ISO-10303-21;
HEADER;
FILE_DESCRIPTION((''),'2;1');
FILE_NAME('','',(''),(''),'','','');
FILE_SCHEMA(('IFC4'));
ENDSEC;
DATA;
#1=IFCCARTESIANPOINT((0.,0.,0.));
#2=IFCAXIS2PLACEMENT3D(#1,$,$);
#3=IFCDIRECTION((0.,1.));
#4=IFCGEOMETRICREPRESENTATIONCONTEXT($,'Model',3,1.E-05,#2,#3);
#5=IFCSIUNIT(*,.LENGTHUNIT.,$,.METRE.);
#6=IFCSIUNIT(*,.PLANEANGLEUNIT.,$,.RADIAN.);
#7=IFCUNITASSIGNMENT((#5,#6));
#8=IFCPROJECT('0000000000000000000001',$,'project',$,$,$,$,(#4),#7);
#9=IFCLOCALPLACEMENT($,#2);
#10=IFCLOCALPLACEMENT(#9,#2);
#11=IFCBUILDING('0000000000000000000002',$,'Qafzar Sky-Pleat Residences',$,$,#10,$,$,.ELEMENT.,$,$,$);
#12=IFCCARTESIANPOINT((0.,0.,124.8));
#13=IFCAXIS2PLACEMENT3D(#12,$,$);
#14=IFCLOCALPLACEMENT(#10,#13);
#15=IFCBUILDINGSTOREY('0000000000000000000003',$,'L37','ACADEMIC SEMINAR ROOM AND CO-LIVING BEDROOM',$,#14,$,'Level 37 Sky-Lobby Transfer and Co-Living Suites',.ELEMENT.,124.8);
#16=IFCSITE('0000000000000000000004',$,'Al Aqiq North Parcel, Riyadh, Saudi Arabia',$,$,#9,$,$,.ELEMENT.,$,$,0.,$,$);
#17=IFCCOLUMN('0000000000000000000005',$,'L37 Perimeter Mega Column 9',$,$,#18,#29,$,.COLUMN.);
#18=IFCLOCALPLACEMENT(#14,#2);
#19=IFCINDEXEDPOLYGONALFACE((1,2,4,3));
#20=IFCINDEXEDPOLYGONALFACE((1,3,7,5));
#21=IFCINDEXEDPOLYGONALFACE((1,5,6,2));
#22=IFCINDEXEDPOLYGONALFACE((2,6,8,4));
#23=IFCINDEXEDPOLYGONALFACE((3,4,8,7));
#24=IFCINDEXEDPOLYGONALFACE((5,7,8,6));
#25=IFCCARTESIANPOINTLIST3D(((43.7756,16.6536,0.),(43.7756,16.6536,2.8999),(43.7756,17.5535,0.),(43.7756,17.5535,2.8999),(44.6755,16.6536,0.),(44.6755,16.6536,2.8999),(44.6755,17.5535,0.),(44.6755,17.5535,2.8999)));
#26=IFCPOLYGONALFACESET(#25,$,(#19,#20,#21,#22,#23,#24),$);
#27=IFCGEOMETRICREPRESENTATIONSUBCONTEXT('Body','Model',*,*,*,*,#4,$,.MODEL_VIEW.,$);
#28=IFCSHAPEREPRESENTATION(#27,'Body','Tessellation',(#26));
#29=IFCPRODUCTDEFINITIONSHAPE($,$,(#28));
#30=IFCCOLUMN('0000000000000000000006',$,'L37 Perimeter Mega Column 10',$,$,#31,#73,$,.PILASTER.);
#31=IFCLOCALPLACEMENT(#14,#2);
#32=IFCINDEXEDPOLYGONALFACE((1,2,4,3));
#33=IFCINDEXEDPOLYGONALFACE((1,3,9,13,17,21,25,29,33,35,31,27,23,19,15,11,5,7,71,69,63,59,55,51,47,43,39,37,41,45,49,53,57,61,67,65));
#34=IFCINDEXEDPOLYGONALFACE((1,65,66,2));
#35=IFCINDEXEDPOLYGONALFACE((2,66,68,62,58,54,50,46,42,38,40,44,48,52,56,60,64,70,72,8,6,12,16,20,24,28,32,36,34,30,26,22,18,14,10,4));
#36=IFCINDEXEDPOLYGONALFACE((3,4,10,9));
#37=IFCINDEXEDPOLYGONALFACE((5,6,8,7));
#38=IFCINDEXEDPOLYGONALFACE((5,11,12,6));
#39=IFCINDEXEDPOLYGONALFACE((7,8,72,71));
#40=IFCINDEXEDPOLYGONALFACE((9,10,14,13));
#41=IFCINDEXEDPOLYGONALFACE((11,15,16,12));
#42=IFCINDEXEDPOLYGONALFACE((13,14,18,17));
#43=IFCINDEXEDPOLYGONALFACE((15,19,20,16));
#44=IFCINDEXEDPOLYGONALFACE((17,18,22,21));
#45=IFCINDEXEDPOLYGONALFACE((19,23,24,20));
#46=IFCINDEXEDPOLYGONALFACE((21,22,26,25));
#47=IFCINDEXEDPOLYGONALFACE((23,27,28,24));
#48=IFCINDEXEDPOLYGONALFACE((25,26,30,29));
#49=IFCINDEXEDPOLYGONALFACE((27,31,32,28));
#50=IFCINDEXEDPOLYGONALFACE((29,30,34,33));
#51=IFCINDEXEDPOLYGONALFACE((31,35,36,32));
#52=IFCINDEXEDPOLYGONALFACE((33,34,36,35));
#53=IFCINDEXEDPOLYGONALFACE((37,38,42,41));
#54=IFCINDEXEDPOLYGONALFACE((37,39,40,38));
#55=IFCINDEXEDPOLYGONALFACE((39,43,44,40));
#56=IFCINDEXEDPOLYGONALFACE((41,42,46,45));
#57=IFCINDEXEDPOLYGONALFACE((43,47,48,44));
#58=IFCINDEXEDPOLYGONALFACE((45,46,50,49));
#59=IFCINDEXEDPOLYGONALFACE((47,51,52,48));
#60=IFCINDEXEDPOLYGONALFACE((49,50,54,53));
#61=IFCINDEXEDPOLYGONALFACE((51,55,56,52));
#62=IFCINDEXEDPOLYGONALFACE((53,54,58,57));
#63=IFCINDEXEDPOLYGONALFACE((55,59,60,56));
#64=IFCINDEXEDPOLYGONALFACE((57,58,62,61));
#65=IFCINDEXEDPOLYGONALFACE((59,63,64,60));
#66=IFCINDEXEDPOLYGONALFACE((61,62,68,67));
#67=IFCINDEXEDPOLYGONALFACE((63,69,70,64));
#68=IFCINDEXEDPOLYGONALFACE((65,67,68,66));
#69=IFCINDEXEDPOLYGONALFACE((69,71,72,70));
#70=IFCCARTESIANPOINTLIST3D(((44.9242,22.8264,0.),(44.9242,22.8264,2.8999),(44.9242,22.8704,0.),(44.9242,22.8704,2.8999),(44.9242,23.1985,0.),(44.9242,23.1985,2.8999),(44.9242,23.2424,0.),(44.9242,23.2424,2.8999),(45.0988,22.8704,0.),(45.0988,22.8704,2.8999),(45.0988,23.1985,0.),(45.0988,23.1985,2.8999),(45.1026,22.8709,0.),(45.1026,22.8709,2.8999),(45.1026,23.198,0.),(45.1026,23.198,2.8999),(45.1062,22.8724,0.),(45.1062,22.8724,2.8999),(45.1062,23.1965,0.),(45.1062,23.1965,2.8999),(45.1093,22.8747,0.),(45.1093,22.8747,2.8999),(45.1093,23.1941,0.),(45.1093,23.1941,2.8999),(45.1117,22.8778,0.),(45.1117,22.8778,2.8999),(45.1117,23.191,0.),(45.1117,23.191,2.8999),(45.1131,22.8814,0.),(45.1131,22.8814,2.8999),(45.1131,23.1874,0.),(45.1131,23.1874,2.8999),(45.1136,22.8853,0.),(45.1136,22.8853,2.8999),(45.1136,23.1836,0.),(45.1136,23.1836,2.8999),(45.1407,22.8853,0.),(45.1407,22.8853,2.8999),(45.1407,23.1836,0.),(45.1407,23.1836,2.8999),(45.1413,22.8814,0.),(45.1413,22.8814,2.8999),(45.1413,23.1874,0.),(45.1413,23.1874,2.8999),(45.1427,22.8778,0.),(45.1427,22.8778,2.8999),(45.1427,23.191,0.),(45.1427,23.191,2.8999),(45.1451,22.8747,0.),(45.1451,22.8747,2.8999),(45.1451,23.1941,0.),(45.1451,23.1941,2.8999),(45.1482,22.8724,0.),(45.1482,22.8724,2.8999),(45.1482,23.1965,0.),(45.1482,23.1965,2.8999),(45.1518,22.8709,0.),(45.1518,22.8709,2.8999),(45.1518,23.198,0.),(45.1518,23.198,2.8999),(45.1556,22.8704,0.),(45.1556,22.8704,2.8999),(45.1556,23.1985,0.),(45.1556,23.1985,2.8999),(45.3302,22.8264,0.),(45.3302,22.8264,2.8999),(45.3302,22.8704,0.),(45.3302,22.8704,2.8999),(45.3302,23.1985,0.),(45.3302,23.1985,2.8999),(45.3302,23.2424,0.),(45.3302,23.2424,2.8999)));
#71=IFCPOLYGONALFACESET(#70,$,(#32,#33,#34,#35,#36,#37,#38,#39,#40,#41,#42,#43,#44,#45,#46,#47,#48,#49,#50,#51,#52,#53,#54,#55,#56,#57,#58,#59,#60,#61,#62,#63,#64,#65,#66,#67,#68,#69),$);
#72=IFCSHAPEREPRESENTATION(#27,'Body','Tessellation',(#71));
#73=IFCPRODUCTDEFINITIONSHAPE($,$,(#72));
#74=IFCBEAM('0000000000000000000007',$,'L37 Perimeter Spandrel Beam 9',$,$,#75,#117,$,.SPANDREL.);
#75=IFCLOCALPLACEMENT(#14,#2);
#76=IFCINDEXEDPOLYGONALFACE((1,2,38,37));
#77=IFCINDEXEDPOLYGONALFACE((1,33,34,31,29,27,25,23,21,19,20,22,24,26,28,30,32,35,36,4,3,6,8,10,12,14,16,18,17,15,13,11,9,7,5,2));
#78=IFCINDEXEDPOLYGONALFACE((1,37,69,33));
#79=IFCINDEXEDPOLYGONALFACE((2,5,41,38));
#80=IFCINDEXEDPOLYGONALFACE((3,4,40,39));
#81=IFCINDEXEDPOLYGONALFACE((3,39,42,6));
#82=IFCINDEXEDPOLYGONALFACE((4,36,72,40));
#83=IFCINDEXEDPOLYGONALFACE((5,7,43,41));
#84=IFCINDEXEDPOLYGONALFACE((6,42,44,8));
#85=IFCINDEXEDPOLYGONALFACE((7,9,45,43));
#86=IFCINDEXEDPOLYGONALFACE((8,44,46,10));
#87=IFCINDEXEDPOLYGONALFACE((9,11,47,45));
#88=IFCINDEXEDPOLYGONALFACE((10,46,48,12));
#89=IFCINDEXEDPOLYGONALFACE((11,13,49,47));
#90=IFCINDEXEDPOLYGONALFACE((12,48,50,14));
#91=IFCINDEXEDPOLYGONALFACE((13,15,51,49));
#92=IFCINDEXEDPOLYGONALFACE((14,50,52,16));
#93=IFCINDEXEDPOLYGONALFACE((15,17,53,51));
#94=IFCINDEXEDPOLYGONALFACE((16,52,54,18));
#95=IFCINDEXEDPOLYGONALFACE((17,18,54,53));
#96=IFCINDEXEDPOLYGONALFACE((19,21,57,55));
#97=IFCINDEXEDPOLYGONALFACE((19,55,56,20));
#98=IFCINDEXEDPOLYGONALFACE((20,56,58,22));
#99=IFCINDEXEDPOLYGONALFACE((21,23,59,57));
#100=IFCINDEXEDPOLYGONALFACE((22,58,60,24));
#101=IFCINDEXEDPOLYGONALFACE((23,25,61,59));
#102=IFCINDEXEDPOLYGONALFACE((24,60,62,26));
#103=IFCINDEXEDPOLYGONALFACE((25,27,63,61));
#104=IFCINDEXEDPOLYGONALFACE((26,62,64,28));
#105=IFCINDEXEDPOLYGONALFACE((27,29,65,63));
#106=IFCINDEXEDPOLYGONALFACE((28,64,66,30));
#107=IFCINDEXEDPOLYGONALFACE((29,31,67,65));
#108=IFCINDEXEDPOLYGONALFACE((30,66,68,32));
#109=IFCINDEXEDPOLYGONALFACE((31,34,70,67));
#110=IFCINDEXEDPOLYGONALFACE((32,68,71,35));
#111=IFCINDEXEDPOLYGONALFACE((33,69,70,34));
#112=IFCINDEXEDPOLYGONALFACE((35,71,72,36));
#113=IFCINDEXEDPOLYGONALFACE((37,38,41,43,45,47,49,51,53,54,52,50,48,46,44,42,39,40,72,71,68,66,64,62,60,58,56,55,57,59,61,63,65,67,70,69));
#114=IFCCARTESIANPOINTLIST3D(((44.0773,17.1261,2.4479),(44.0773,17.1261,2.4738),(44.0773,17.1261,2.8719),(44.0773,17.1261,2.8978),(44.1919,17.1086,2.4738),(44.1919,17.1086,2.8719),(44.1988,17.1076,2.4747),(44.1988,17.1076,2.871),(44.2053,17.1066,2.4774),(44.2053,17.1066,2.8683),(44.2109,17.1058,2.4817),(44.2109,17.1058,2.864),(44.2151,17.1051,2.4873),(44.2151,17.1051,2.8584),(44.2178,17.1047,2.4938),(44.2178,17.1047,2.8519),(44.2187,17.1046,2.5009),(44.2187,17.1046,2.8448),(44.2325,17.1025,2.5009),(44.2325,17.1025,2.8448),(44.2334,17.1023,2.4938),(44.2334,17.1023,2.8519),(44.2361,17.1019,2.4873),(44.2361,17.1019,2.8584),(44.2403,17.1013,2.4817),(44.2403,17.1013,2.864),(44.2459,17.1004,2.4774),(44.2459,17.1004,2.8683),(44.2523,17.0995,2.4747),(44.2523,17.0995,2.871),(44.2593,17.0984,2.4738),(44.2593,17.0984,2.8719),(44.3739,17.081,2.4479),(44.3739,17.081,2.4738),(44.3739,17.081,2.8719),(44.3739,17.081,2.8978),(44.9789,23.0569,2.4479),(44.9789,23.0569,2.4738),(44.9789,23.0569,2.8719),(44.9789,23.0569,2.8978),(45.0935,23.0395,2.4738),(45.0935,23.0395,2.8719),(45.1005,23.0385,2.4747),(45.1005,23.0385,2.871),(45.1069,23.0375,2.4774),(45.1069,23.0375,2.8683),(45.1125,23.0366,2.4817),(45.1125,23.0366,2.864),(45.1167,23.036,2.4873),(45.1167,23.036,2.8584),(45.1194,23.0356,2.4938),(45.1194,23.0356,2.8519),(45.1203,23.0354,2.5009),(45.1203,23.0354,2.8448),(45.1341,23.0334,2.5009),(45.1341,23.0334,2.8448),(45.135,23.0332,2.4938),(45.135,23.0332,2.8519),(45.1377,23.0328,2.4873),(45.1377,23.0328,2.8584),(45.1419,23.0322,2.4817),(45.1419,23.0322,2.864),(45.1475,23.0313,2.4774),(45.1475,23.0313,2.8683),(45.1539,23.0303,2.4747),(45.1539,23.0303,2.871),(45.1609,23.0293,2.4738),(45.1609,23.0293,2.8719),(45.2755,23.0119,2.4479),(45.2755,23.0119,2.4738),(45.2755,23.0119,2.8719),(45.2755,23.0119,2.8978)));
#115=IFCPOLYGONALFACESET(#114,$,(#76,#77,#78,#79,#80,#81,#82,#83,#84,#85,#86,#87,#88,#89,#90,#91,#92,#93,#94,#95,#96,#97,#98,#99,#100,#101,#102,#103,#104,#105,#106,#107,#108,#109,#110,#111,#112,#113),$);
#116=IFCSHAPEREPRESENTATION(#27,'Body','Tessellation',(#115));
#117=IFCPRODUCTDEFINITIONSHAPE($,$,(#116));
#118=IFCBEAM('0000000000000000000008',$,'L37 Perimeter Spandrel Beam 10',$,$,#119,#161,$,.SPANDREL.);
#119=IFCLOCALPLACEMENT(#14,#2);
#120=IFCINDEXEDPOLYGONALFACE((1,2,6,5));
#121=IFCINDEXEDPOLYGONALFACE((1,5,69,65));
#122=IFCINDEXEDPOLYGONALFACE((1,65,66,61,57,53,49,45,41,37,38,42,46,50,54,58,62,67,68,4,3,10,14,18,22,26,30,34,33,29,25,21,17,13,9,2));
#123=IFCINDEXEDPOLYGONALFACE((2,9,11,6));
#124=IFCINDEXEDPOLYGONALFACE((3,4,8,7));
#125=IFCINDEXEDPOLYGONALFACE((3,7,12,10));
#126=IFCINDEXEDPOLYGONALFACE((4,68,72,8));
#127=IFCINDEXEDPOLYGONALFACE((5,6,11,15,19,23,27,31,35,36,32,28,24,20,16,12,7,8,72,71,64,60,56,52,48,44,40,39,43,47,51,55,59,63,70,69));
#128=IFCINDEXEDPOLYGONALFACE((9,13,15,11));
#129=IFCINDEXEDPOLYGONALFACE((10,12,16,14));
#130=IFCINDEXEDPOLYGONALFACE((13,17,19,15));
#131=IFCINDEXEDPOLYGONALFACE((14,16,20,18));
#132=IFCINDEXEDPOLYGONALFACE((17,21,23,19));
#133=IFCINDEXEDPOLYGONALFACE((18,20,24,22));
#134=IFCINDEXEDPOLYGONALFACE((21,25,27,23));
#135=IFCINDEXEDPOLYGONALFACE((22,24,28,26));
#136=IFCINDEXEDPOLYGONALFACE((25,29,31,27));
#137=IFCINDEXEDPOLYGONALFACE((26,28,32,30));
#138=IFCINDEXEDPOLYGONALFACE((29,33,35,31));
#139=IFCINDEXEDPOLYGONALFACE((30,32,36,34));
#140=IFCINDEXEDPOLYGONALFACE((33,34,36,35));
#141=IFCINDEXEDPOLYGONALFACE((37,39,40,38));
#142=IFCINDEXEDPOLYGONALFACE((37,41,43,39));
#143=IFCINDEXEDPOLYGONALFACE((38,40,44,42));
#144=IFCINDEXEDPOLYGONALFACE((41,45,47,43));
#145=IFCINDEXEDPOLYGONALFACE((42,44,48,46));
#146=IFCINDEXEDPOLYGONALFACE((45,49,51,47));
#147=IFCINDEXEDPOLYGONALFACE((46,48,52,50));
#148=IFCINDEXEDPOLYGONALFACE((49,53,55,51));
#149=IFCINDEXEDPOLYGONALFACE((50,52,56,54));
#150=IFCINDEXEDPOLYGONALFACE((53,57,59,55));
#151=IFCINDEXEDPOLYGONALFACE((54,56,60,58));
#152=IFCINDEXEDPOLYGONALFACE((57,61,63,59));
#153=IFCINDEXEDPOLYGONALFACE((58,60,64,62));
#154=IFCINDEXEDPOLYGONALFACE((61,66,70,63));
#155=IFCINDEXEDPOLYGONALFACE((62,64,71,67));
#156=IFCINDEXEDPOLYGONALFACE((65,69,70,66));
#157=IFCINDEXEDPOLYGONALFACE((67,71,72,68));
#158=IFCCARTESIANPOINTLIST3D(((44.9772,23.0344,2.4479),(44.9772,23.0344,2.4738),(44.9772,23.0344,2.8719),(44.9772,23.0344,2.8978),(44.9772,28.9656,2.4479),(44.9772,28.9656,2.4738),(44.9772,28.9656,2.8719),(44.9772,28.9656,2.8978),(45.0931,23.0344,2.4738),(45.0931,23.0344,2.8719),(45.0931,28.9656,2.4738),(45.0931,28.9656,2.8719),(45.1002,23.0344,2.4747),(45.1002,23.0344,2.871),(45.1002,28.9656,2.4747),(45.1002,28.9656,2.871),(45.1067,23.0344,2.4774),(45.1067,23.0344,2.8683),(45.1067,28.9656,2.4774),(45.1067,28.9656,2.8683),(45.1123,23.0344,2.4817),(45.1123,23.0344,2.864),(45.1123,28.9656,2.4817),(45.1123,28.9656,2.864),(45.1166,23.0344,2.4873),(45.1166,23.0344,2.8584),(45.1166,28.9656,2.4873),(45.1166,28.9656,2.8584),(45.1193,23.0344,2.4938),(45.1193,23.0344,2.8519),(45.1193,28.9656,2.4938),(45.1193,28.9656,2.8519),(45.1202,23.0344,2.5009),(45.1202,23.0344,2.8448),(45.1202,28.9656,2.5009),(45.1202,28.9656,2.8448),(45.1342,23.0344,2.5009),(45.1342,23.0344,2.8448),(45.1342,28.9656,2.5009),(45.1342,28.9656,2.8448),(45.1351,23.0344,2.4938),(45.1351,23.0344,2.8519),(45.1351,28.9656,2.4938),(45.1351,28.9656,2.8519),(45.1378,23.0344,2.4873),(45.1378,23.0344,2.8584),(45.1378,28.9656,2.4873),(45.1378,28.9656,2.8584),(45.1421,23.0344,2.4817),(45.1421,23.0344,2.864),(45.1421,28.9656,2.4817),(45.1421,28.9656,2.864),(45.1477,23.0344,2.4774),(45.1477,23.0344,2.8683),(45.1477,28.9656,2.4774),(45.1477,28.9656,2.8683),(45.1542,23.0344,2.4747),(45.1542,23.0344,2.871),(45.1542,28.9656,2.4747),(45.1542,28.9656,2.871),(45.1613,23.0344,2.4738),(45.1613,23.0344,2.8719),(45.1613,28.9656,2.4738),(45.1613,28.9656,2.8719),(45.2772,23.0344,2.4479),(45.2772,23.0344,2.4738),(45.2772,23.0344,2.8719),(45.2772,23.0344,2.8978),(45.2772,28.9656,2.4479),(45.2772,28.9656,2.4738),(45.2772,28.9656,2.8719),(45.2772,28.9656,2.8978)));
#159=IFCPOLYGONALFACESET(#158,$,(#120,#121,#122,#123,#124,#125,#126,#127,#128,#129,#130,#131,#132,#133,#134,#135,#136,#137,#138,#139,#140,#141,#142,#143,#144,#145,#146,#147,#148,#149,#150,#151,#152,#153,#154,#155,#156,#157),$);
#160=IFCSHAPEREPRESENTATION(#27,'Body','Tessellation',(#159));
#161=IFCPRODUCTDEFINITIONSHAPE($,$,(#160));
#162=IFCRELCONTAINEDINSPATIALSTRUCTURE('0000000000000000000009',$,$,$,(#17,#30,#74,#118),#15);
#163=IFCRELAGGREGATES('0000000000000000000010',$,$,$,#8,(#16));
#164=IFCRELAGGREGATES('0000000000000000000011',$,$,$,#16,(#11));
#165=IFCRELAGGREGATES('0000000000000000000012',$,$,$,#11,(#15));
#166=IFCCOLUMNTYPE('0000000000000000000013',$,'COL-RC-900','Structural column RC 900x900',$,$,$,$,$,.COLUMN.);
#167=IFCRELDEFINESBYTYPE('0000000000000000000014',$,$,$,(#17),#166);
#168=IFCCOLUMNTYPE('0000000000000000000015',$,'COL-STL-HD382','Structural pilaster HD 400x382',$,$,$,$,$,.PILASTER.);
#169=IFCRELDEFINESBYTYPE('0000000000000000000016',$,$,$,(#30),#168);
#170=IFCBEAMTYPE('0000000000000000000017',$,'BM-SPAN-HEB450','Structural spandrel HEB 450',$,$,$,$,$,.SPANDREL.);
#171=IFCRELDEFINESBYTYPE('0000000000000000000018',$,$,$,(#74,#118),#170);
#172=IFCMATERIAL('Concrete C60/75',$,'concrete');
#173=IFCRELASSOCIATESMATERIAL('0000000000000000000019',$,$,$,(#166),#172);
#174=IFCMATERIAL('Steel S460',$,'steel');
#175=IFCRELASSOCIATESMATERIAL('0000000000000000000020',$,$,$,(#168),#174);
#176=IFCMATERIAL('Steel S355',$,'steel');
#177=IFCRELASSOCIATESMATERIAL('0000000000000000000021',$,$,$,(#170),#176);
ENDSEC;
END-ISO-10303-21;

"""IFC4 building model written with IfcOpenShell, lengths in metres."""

from ifc_helpers import new_model, si_unit, direction, frame, origin, origin_2d, place, context, subcontext, project, spatial, rectangle, i_section, extrude, source, transform, mapped, material, material_profile, profile_set, type_object, element, save


model = new_model("IFC4")

# Units and contexts
model_context = context("Model", 3, precision=1e-05, world=origin(), true_north=direction((0.0, 1.0)))
body_context = subcontext(model_context, "Body", "Model", "MODEL_VIEW")
ifc_project = project(units=[si_unit("LENGTHUNIT", "METRE"), si_unit("PLANEANGLEUNIT", "RADIAN")], contexts=[model_context])

# Site, building, storey
site_placement = place(None, origin())
site = spatial("IfcSite", under=ifc_project, at=site_placement, Name="Al Aqiq North Parcel, Riyadh, Saudi Arabia", CompositionType="ELEMENT", RefElevation=0.0)
building_placement = place(site_placement, origin())
building = spatial("IfcBuilding", under=site, at=building_placement, Name="Qafzar Sky-Pleat Residences", CompositionType="ELEMENT")
storey_placement = place(building_placement, frame((0.0, 0.0, 124.8)))
storey = spatial("IfcBuildingStorey", under=building, at=storey_placement, Name="L37", Description="ACADEMIC SEMINAR ROOM AND CO-LIVING BEDROOM", LongName="Level 37 Sky-Lobby Transfer and Co-Living Suites", CompositionType="ELEMENT", Elevation=124.8)

# Columns
ifc_material_1 = material(Name="Concrete C60/75", Category="concrete")
ifc_material_profile_1 = material_profile(ifc_material_1, rectangle(XDim=0.8999, YDim=0.8999, at=origin_2d()), Name="RC 900x900")
ifc_profile_set_1 = profile_set([ifc_material_profile_1], Name="Concrete C60/75")
column_type_1 = type_object("IfcColumnType", Name="COL-RC-900", Description="Structural column RC 900x900", PredefinedType="COLUMN", material=ifc_profile_set_1)
shared_shape_1 = source(origin(), body_context, "Body", "SweptSolid", [
    extrude(rectangle(XDim=0.8999, YDim=0.8999, at=origin_2d()), origin(), (0.0, 0.0, 1.0), 2.8999),
])
column_1_placement = place(storey_placement, frame((44.2256, 17.1035, 0.0), z_axis=(0.0, 0.0, 1.0), x_axis=(1.0, 0.0, 0.0)))
element("IfcColumn", 1, at=column_1_placement, inside=storey, type_object=column_type_1, Name="L37 Perimeter Mega Column 9", PredefinedType="COLUMN", context=body_context, shape_type="MappedRepresentation", body=[
    mapped(shared_shape_1, transform((0.0, 0.0, 0.0), x_axis=(1.0, 0.0, 0.0), y_axis=(0.0, 1.0, 0.0), z_axis=(0.0, 0.0, 1.0), scale=1.0)),
])
ifc_material_2 = material(Name="Steel S460", Category="steel")
ifc_material_profile_2 = material_profile(ifc_material_2, i_section(OverallWidth=0.406, OverallDepth=0.416, WebThickness=0.0271, FlangeThickness=0.0439, FilletRadius=0.0149, at=origin_2d()), Name="HD 400x382")
ifc_profile_set_2 = profile_set([ifc_material_profile_2], Name="Steel S460")
column_type_2 = type_object("IfcColumnType", Name="COL-STL-HD382", Description="Structural pilaster HD 400x382", PredefinedType="PILASTER", material=ifc_profile_set_2)
shared_shape_2 = source(origin(), body_context, "Body", "SweptSolid", [
    extrude(i_section(OverallWidth=0.406, OverallDepth=0.416, WebThickness=0.0271, FlangeThickness=0.0439, FilletRadius=0.0149, at=origin_2d()), origin(), (0.0, 0.0, 1.0), 2.8999),
])
column_2_placement = place(storey_placement, frame((45.1272, 23.0344, 0.0), z_axis=(0.0, 0.0, 1.0), x_axis=(1.0, 0.0, 0.0)))
element("IfcColumn", 2, at=column_2_placement, inside=storey, type_object=column_type_2, Name="L37 Perimeter Mega Column 10", PredefinedType="PILASTER", context=body_context, shape_type="MappedRepresentation", body=[
    mapped(shared_shape_2, transform((0.0, 0.0, 0.0), x_axis=(1.0, 0.0, 0.0), y_axis=(0.0, 1.0, 0.0), z_axis=(0.0, 0.0, 1.0), scale=1.0)),
])

# Beams
ifc_material_3 = material(Name="Steel S355", Category="steel")
ifc_material_profile_3 = material_profile(ifc_material_3, i_section(OverallWidth=0.3, OverallDepth=0.45, WebThickness=0.0139, FlangeThickness=0.0259, FilletRadius=0.0271, at=origin_2d()), Name="HEB 450")
ifc_profile_set_3 = profile_set([ifc_material_profile_3], Name="Steel S355")
beam_type_1 = type_object("IfcBeamType", Name="BM-SPAN-HEB450", Description="Structural spandrel HEB 450", PredefinedType="SPANDREL", material=ifc_profile_set_3)
shared_shape_3 = source(origin(), body_context, "Body", "SweptSolid", [
    extrude(i_section(OverallWidth=0.3, OverallDepth=0.45, WebThickness=0.0139, FlangeThickness=0.0259, FilletRadius=0.0271, at=origin_2d()), origin(), (0.0, 0.0, 1.0), 5.999),
])
beam_1_placement = place(storey_placement, frame((44.2256, 17.1035, 2.6729), z_axis=(0.150292, 0.988642, 0.0), x_axis=(-0.988642, 0.150292, 0.0)))
element("IfcBeam", 3, at=beam_1_placement, inside=storey, type_object=beam_type_1, Name="L37 Perimeter Spandrel Beam 9", PredefinedType="SPANDREL", context=body_context, shape_type="MappedRepresentation", body=[
    mapped(shared_shape_3, transform((0.0, 0.0, 0.0), x_axis=(1.0, 0.0, 0.0), y_axis=(0.0, 1.0, 0.0), z_axis=(0.0, 0.0, 1.0), scale=1.0)),
])
shared_shape_4 = source(origin(), body_context, "Body", "SweptSolid", [
    extrude(i_section(OverallWidth=0.3, OverallDepth=0.45, WebThickness=0.0139, FlangeThickness=0.0259, FilletRadius=0.0271, at=origin_2d()), origin(), (0.0, 0.0, 1.0), 5.9312),
])
beam_2_placement = place(storey_placement, frame((45.1272, 23.0344, 2.6729), z_axis=(0.0, 1.0, 0.0), x_axis=(-1.0, 0.0, 0.0)))
element("IfcBeam", 4, at=beam_2_placement, inside=storey, type_object=beam_type_1, Name="L37 Perimeter Spandrel Beam 10", PredefinedType="SPANDREL", context=body_context, shape_type="MappedRepresentation", body=[
    mapped(shared_shape_4, transform((0.0, 0.0, 0.0), x_axis=(1.0, 0.0, 0.0), y_axis=(0.0, 1.0, 0.0), z_axis=(0.0, 0.0, 1.0), scale=1.0)),
])

save(model, "model.ifc")
